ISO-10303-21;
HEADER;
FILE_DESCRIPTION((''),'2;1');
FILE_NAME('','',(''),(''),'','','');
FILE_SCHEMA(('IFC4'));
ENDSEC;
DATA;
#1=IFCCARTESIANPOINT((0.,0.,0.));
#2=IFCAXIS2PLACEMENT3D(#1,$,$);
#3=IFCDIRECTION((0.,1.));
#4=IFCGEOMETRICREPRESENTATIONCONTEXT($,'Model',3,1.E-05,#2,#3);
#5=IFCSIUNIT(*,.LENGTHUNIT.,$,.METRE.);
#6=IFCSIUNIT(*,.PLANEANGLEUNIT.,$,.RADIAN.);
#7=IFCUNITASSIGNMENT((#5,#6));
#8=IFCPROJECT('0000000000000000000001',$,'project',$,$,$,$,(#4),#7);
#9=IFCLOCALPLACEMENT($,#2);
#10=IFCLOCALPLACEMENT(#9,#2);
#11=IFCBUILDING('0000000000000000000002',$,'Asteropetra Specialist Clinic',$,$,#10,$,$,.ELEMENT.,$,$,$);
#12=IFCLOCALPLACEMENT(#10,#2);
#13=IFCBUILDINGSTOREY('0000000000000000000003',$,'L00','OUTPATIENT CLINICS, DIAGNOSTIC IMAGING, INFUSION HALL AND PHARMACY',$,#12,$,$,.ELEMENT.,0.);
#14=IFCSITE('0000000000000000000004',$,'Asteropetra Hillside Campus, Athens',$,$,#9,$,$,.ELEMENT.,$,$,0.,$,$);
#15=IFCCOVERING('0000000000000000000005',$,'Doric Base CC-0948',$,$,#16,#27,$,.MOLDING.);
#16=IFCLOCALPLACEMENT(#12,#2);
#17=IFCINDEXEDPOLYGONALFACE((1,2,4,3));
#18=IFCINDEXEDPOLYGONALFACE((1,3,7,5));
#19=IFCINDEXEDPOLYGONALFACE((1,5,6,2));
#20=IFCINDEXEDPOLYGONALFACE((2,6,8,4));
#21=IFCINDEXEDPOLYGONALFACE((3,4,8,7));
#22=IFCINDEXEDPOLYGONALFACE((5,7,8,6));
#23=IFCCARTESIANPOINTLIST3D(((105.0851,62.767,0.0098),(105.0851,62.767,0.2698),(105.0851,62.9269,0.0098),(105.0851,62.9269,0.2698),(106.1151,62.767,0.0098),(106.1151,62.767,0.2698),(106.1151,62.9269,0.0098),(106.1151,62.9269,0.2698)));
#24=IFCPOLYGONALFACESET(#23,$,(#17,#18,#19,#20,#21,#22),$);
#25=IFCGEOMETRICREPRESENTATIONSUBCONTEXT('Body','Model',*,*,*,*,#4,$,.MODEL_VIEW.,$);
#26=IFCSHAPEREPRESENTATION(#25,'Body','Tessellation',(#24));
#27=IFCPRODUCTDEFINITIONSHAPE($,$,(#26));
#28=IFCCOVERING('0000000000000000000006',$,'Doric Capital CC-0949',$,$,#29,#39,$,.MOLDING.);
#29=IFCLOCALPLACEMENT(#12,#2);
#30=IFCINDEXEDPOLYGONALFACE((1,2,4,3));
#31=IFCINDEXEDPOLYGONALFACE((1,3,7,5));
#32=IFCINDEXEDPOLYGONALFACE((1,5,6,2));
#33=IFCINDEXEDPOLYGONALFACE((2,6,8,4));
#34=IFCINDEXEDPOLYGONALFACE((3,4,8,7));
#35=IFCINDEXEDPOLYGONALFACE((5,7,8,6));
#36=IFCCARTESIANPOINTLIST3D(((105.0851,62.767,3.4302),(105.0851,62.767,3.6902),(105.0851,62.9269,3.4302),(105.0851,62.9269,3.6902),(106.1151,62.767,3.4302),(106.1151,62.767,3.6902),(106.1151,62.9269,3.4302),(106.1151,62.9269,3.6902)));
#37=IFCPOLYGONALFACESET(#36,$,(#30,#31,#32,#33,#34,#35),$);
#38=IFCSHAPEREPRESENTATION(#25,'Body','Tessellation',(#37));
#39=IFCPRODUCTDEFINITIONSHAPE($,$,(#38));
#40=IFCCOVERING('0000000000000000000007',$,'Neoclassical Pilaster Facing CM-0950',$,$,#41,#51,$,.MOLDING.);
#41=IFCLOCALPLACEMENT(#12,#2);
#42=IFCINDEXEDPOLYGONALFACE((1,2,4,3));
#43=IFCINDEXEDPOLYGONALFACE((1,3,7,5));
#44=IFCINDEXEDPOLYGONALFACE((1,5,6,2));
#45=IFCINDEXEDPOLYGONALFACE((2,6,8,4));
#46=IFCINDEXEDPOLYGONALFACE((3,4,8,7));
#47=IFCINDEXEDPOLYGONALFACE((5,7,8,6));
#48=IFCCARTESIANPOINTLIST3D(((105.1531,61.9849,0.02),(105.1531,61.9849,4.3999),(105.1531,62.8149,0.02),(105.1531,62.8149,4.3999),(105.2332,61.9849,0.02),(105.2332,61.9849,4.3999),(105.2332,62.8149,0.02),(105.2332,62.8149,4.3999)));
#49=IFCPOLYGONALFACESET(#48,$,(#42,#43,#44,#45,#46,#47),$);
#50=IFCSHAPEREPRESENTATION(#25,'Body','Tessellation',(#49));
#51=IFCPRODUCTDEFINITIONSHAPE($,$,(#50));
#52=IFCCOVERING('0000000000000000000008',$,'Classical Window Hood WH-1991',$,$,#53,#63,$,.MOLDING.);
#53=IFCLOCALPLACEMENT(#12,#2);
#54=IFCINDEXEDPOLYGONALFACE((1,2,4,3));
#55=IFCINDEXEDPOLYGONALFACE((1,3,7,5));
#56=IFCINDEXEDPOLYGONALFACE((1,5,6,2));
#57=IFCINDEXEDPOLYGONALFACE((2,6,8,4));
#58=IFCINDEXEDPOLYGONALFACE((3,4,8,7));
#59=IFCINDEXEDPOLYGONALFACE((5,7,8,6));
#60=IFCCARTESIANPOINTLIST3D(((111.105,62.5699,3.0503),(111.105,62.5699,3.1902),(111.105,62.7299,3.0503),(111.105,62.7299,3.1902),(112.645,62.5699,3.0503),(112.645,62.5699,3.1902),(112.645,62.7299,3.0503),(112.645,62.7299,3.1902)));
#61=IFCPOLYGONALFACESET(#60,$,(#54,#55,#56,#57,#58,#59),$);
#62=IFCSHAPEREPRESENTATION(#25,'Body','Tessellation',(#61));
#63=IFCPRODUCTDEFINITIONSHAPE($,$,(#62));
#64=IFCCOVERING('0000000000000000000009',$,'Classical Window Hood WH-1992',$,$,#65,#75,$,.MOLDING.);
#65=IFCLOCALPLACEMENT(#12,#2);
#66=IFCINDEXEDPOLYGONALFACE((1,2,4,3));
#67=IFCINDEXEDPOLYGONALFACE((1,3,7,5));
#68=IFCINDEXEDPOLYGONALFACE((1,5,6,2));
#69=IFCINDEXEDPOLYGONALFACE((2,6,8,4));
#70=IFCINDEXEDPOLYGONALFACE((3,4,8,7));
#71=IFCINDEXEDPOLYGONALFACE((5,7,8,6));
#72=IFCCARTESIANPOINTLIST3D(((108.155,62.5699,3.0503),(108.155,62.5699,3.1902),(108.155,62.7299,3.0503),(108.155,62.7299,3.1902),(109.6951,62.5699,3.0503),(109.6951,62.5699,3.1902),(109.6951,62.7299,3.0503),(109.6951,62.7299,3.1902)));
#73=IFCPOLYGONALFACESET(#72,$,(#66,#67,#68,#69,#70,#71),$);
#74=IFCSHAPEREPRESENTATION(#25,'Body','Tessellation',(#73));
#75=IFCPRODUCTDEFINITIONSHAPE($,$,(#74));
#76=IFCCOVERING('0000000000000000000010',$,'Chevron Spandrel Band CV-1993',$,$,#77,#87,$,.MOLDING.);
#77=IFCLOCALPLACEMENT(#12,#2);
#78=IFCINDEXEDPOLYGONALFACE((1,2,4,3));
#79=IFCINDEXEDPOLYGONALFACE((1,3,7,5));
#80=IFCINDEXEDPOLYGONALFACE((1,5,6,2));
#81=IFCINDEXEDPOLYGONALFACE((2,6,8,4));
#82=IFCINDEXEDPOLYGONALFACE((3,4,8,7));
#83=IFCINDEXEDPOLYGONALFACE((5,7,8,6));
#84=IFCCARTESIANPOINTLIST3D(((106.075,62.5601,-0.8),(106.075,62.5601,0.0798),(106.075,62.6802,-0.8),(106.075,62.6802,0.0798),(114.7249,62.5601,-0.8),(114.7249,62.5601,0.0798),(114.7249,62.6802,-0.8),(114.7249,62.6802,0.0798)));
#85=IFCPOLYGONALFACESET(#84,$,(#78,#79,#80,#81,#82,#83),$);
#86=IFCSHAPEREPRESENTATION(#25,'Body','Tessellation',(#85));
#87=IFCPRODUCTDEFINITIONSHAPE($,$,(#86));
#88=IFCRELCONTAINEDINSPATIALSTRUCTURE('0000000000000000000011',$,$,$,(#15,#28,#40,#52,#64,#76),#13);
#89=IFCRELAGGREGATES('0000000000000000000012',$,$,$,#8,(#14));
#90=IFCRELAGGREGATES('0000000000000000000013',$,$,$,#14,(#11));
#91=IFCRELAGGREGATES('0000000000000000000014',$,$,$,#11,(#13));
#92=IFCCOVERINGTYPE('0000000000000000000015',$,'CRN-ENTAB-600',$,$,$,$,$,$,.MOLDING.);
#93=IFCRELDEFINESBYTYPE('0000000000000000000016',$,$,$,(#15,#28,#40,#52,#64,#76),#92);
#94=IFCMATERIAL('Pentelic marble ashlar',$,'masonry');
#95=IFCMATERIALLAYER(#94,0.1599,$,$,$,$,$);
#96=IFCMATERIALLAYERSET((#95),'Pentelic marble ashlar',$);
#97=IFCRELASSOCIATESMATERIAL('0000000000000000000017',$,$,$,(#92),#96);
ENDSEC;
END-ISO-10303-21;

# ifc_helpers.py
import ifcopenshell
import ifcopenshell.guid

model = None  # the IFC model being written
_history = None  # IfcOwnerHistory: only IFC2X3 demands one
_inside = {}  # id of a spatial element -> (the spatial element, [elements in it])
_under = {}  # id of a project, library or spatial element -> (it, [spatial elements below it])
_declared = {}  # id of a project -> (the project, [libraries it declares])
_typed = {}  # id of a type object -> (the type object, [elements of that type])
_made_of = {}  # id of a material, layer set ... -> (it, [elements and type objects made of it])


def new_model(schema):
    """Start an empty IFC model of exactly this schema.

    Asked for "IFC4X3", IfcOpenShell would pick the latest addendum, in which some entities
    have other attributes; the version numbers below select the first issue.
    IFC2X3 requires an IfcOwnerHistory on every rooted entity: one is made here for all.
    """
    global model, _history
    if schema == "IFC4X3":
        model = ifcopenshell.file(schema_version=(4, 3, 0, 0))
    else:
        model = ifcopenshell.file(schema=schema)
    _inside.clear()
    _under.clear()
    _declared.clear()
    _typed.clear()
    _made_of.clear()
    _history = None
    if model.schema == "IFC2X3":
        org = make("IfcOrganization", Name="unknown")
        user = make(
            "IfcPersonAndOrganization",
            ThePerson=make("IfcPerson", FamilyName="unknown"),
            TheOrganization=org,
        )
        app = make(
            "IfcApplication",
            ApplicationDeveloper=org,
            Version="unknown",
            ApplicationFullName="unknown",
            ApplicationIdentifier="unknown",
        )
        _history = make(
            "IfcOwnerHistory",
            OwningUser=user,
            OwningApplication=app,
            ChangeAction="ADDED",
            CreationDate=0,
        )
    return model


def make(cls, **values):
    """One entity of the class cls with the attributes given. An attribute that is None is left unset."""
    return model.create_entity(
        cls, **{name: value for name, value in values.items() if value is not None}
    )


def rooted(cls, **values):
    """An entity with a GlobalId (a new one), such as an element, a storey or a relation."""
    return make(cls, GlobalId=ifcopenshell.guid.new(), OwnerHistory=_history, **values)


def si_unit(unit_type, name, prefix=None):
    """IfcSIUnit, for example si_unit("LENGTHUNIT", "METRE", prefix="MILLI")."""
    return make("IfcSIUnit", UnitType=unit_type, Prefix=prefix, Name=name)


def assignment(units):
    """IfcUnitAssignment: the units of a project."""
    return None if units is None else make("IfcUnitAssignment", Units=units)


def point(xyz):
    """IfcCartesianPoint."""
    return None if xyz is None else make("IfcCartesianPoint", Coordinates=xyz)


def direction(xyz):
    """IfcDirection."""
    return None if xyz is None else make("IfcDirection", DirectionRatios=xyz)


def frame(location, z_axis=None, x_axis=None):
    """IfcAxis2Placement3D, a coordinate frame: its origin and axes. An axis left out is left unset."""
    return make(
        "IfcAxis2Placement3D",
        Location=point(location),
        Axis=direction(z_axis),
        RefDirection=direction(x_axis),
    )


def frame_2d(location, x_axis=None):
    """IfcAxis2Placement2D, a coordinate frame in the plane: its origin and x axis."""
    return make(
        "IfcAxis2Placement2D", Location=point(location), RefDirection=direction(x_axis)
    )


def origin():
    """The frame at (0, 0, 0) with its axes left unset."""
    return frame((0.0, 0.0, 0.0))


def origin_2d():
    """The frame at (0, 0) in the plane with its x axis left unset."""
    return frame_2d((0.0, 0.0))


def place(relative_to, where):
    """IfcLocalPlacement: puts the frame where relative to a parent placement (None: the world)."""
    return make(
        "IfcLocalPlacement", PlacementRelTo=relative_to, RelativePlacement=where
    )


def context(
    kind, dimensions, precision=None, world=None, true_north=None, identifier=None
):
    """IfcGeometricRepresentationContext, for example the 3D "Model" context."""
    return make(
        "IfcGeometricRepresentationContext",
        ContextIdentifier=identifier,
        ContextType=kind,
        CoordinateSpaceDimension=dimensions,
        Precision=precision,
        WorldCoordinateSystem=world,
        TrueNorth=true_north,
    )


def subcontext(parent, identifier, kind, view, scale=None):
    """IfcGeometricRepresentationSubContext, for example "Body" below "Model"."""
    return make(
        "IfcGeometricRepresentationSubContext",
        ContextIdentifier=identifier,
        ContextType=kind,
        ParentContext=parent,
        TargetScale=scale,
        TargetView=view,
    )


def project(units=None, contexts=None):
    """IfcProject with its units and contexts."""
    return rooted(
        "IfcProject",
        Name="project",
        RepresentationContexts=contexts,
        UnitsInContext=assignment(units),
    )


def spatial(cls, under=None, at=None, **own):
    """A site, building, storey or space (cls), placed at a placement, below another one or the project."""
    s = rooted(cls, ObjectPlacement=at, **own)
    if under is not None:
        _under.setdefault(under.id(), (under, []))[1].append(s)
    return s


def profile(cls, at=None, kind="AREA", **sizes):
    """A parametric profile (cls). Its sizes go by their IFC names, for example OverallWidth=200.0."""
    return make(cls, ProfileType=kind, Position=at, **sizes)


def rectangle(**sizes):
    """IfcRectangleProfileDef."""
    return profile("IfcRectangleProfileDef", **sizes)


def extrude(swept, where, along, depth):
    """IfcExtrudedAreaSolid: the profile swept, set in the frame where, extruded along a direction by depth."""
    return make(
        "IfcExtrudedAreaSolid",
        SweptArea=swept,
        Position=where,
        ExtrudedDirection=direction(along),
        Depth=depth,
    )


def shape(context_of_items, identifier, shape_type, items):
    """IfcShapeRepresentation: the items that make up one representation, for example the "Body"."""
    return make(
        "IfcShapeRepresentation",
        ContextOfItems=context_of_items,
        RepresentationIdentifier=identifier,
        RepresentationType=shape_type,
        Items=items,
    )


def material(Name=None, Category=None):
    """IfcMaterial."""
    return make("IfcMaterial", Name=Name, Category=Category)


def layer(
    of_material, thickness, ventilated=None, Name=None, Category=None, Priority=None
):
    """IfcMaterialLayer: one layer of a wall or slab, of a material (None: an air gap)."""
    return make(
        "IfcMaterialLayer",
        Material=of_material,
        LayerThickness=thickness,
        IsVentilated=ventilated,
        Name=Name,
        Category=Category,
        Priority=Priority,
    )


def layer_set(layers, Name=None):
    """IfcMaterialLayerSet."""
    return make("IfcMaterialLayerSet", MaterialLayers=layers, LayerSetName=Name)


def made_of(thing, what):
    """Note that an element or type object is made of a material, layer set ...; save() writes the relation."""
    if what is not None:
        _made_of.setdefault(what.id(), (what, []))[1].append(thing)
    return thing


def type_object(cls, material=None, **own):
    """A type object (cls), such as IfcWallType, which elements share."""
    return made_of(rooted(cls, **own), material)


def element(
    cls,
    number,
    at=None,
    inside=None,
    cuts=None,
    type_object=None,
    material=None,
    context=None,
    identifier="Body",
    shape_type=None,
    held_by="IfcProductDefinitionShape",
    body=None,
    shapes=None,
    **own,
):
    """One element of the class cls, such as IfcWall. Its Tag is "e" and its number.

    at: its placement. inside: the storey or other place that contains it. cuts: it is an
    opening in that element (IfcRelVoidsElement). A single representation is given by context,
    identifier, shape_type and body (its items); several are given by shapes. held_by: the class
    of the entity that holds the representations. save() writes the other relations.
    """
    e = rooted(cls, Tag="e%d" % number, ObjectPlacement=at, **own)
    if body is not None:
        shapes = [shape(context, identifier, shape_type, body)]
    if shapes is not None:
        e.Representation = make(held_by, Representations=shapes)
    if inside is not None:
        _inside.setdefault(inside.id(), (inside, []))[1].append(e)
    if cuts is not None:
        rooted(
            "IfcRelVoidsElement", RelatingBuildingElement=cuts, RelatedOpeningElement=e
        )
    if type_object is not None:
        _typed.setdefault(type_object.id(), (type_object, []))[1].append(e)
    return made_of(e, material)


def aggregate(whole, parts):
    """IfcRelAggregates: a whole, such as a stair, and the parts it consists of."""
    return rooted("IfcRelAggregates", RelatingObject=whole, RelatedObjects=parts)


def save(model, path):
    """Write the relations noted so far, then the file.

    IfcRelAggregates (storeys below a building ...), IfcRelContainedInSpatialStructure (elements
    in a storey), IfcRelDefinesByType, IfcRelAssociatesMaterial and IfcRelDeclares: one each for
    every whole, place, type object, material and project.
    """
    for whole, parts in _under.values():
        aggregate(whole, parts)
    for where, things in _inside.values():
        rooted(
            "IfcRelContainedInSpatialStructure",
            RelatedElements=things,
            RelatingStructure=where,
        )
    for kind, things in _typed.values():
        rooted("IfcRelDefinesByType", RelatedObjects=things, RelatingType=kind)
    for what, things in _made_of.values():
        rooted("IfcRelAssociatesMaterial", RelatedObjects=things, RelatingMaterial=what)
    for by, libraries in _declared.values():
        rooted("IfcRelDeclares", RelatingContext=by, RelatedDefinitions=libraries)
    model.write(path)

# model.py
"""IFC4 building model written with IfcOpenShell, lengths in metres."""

from ifc_helpers import new_model, si_unit, direction, frame, origin, origin_2d, place, context, subcontext, project, spatial, rectangle, extrude, material, layer, layer_set, type_object, element, save


model = new_model("IFC4")

# Units and contexts
model_context = context("Model", 3, precision=1e-05, world=origin(), true_north=direction((0.0, 1.0)))
body_context = subcontext(model_context, "Body", "Model", "MODEL_VIEW")
ifc_project = project(units=[si_unit("LENGTHUNIT", "METRE"), si_unit("PLANEANGLEUNIT", "RADIAN")], contexts=[model_context])

# Site, building, storey
site_placement = place(None, origin())
site = spatial("IfcSite", under=ifc_project, at=site_placement, Name="Asteropetra Hillside Campus, Athens", CompositionType="ELEMENT", RefElevation=0.0)
building_placement = place(site_placement, origin())
building = spatial("IfcBuilding", under=site, at=building_placement, Name="Asteropetra Specialist Clinic", CompositionType="ELEMENT")
storey_placement = place(building_placement, origin())
storey = spatial("IfcBuildingStorey", under=building, at=storey_placement, Name="L00", Description="OUTPATIENT CLINICS, DIAGNOSTIC IMAGING, INFUSION HALL AND PHARMACY", CompositionType="ELEMENT", Elevation=0.0)

# Coverings
ifc_material_1 = material(Name="Pentelic marble ashlar", Category="masonry")
ifc_layer = layer(ifc_material_1, 0.1599)
ifc_layer_set = layer_set([ifc_layer], Name="Pentelic marble ashlar")
covering_type = type_object("IfcCoveringType", Name="CRN-ENTAB-600", PredefinedType="MOLDING", material=ifc_layer_set)
for number, where, z_axis, x_axis, name in (
    (1, (105.6001, 62.8469, 0.0098), (0.0, 0.0, 1.0), (1.0, 0.0, 0.0), "Doric Base CC-0948"),
    (2, (105.6001, 62.8469, 3.4302), (0.0, 0.0, 1.0), (1.0, 0.0, 0.0), "Doric Capital CC-0949"),
):
    element("IfcCovering", number, at=place(storey_placement, frame(where, z_axis=z_axis, x_axis=x_axis)), inside=storey, type_object=covering_type, Name=name, PredefinedType="MOLDING", context=body_context, shape_type="SweptSolid", body=[
        extrude(rectangle(XDim=1.03, YDim=0.1599, at=origin_2d()), origin(), (0.0, 0.0, 1.0), 0.26),
    ])
covering_1_placement = place(storey_placement, frame((105.1931, 62.3999, 0.02), z_axis=(0.0, 0.0, 1.0), x_axis=(1.0, 0.0, 0.0)))
element("IfcCovering", 3, at=covering_1_placement, inside=storey, type_object=covering_type, Name="Neoclassical Pilaster Facing CM-0950", PredefinedType="MOLDING", context=body_context, shape_type="SweptSolid", body=[
    extrude(rectangle(XDim=0.0801, YDim=0.8301, at=origin_2d()), origin(), (0.0, 0.0, 1.0), 4.3799),
])
for number, where, z_axis, x_axis, name in (
    (4, (111.875, 62.6499, 3.0503), (0.0, 0.0, 1.0), (1.0, 0.0, 0.0), "Classical Window Hood WH-1991"),
    (5, (108.925, 62.6499, 3.0503), (0.0, 0.0, 1.0), (1.0, 0.0, 0.0), "Classical Window Hood WH-1992"),
):
    element("IfcCovering", number, at=place(storey_placement, frame(where, z_axis=z_axis, x_axis=x_axis)), inside=storey, type_object=covering_type, Name=name, PredefinedType="MOLDING", context=body_context, shape_type="SweptSolid", body=[
        extrude(rectangle(XDim=1.54, YDim=0.1599, at=origin_2d()), origin(), (0.0, 0.0, 1.0), 0.1399),
    ])
covering_2_placement = place(storey_placement, frame((110.3999, 62.6201, -0.8), z_axis=(0.0, 0.0, 1.0), x_axis=(1.0, 0.0, 0.0)))
element("IfcCovering", 6, at=covering_2_placement, inside=storey, type_object=covering_type, Name="Chevron Spandrel Band CV-1993", PredefinedType="MOLDING", context=body_context, shape_type="SweptSolid", body=[
    extrude(rectangle(XDim=8.6499, YDim=0.1201, at=origin_2d()), origin(), (0.0, 0.0, 1.0), 0.8799),
])

save(model, "model.ifc")
